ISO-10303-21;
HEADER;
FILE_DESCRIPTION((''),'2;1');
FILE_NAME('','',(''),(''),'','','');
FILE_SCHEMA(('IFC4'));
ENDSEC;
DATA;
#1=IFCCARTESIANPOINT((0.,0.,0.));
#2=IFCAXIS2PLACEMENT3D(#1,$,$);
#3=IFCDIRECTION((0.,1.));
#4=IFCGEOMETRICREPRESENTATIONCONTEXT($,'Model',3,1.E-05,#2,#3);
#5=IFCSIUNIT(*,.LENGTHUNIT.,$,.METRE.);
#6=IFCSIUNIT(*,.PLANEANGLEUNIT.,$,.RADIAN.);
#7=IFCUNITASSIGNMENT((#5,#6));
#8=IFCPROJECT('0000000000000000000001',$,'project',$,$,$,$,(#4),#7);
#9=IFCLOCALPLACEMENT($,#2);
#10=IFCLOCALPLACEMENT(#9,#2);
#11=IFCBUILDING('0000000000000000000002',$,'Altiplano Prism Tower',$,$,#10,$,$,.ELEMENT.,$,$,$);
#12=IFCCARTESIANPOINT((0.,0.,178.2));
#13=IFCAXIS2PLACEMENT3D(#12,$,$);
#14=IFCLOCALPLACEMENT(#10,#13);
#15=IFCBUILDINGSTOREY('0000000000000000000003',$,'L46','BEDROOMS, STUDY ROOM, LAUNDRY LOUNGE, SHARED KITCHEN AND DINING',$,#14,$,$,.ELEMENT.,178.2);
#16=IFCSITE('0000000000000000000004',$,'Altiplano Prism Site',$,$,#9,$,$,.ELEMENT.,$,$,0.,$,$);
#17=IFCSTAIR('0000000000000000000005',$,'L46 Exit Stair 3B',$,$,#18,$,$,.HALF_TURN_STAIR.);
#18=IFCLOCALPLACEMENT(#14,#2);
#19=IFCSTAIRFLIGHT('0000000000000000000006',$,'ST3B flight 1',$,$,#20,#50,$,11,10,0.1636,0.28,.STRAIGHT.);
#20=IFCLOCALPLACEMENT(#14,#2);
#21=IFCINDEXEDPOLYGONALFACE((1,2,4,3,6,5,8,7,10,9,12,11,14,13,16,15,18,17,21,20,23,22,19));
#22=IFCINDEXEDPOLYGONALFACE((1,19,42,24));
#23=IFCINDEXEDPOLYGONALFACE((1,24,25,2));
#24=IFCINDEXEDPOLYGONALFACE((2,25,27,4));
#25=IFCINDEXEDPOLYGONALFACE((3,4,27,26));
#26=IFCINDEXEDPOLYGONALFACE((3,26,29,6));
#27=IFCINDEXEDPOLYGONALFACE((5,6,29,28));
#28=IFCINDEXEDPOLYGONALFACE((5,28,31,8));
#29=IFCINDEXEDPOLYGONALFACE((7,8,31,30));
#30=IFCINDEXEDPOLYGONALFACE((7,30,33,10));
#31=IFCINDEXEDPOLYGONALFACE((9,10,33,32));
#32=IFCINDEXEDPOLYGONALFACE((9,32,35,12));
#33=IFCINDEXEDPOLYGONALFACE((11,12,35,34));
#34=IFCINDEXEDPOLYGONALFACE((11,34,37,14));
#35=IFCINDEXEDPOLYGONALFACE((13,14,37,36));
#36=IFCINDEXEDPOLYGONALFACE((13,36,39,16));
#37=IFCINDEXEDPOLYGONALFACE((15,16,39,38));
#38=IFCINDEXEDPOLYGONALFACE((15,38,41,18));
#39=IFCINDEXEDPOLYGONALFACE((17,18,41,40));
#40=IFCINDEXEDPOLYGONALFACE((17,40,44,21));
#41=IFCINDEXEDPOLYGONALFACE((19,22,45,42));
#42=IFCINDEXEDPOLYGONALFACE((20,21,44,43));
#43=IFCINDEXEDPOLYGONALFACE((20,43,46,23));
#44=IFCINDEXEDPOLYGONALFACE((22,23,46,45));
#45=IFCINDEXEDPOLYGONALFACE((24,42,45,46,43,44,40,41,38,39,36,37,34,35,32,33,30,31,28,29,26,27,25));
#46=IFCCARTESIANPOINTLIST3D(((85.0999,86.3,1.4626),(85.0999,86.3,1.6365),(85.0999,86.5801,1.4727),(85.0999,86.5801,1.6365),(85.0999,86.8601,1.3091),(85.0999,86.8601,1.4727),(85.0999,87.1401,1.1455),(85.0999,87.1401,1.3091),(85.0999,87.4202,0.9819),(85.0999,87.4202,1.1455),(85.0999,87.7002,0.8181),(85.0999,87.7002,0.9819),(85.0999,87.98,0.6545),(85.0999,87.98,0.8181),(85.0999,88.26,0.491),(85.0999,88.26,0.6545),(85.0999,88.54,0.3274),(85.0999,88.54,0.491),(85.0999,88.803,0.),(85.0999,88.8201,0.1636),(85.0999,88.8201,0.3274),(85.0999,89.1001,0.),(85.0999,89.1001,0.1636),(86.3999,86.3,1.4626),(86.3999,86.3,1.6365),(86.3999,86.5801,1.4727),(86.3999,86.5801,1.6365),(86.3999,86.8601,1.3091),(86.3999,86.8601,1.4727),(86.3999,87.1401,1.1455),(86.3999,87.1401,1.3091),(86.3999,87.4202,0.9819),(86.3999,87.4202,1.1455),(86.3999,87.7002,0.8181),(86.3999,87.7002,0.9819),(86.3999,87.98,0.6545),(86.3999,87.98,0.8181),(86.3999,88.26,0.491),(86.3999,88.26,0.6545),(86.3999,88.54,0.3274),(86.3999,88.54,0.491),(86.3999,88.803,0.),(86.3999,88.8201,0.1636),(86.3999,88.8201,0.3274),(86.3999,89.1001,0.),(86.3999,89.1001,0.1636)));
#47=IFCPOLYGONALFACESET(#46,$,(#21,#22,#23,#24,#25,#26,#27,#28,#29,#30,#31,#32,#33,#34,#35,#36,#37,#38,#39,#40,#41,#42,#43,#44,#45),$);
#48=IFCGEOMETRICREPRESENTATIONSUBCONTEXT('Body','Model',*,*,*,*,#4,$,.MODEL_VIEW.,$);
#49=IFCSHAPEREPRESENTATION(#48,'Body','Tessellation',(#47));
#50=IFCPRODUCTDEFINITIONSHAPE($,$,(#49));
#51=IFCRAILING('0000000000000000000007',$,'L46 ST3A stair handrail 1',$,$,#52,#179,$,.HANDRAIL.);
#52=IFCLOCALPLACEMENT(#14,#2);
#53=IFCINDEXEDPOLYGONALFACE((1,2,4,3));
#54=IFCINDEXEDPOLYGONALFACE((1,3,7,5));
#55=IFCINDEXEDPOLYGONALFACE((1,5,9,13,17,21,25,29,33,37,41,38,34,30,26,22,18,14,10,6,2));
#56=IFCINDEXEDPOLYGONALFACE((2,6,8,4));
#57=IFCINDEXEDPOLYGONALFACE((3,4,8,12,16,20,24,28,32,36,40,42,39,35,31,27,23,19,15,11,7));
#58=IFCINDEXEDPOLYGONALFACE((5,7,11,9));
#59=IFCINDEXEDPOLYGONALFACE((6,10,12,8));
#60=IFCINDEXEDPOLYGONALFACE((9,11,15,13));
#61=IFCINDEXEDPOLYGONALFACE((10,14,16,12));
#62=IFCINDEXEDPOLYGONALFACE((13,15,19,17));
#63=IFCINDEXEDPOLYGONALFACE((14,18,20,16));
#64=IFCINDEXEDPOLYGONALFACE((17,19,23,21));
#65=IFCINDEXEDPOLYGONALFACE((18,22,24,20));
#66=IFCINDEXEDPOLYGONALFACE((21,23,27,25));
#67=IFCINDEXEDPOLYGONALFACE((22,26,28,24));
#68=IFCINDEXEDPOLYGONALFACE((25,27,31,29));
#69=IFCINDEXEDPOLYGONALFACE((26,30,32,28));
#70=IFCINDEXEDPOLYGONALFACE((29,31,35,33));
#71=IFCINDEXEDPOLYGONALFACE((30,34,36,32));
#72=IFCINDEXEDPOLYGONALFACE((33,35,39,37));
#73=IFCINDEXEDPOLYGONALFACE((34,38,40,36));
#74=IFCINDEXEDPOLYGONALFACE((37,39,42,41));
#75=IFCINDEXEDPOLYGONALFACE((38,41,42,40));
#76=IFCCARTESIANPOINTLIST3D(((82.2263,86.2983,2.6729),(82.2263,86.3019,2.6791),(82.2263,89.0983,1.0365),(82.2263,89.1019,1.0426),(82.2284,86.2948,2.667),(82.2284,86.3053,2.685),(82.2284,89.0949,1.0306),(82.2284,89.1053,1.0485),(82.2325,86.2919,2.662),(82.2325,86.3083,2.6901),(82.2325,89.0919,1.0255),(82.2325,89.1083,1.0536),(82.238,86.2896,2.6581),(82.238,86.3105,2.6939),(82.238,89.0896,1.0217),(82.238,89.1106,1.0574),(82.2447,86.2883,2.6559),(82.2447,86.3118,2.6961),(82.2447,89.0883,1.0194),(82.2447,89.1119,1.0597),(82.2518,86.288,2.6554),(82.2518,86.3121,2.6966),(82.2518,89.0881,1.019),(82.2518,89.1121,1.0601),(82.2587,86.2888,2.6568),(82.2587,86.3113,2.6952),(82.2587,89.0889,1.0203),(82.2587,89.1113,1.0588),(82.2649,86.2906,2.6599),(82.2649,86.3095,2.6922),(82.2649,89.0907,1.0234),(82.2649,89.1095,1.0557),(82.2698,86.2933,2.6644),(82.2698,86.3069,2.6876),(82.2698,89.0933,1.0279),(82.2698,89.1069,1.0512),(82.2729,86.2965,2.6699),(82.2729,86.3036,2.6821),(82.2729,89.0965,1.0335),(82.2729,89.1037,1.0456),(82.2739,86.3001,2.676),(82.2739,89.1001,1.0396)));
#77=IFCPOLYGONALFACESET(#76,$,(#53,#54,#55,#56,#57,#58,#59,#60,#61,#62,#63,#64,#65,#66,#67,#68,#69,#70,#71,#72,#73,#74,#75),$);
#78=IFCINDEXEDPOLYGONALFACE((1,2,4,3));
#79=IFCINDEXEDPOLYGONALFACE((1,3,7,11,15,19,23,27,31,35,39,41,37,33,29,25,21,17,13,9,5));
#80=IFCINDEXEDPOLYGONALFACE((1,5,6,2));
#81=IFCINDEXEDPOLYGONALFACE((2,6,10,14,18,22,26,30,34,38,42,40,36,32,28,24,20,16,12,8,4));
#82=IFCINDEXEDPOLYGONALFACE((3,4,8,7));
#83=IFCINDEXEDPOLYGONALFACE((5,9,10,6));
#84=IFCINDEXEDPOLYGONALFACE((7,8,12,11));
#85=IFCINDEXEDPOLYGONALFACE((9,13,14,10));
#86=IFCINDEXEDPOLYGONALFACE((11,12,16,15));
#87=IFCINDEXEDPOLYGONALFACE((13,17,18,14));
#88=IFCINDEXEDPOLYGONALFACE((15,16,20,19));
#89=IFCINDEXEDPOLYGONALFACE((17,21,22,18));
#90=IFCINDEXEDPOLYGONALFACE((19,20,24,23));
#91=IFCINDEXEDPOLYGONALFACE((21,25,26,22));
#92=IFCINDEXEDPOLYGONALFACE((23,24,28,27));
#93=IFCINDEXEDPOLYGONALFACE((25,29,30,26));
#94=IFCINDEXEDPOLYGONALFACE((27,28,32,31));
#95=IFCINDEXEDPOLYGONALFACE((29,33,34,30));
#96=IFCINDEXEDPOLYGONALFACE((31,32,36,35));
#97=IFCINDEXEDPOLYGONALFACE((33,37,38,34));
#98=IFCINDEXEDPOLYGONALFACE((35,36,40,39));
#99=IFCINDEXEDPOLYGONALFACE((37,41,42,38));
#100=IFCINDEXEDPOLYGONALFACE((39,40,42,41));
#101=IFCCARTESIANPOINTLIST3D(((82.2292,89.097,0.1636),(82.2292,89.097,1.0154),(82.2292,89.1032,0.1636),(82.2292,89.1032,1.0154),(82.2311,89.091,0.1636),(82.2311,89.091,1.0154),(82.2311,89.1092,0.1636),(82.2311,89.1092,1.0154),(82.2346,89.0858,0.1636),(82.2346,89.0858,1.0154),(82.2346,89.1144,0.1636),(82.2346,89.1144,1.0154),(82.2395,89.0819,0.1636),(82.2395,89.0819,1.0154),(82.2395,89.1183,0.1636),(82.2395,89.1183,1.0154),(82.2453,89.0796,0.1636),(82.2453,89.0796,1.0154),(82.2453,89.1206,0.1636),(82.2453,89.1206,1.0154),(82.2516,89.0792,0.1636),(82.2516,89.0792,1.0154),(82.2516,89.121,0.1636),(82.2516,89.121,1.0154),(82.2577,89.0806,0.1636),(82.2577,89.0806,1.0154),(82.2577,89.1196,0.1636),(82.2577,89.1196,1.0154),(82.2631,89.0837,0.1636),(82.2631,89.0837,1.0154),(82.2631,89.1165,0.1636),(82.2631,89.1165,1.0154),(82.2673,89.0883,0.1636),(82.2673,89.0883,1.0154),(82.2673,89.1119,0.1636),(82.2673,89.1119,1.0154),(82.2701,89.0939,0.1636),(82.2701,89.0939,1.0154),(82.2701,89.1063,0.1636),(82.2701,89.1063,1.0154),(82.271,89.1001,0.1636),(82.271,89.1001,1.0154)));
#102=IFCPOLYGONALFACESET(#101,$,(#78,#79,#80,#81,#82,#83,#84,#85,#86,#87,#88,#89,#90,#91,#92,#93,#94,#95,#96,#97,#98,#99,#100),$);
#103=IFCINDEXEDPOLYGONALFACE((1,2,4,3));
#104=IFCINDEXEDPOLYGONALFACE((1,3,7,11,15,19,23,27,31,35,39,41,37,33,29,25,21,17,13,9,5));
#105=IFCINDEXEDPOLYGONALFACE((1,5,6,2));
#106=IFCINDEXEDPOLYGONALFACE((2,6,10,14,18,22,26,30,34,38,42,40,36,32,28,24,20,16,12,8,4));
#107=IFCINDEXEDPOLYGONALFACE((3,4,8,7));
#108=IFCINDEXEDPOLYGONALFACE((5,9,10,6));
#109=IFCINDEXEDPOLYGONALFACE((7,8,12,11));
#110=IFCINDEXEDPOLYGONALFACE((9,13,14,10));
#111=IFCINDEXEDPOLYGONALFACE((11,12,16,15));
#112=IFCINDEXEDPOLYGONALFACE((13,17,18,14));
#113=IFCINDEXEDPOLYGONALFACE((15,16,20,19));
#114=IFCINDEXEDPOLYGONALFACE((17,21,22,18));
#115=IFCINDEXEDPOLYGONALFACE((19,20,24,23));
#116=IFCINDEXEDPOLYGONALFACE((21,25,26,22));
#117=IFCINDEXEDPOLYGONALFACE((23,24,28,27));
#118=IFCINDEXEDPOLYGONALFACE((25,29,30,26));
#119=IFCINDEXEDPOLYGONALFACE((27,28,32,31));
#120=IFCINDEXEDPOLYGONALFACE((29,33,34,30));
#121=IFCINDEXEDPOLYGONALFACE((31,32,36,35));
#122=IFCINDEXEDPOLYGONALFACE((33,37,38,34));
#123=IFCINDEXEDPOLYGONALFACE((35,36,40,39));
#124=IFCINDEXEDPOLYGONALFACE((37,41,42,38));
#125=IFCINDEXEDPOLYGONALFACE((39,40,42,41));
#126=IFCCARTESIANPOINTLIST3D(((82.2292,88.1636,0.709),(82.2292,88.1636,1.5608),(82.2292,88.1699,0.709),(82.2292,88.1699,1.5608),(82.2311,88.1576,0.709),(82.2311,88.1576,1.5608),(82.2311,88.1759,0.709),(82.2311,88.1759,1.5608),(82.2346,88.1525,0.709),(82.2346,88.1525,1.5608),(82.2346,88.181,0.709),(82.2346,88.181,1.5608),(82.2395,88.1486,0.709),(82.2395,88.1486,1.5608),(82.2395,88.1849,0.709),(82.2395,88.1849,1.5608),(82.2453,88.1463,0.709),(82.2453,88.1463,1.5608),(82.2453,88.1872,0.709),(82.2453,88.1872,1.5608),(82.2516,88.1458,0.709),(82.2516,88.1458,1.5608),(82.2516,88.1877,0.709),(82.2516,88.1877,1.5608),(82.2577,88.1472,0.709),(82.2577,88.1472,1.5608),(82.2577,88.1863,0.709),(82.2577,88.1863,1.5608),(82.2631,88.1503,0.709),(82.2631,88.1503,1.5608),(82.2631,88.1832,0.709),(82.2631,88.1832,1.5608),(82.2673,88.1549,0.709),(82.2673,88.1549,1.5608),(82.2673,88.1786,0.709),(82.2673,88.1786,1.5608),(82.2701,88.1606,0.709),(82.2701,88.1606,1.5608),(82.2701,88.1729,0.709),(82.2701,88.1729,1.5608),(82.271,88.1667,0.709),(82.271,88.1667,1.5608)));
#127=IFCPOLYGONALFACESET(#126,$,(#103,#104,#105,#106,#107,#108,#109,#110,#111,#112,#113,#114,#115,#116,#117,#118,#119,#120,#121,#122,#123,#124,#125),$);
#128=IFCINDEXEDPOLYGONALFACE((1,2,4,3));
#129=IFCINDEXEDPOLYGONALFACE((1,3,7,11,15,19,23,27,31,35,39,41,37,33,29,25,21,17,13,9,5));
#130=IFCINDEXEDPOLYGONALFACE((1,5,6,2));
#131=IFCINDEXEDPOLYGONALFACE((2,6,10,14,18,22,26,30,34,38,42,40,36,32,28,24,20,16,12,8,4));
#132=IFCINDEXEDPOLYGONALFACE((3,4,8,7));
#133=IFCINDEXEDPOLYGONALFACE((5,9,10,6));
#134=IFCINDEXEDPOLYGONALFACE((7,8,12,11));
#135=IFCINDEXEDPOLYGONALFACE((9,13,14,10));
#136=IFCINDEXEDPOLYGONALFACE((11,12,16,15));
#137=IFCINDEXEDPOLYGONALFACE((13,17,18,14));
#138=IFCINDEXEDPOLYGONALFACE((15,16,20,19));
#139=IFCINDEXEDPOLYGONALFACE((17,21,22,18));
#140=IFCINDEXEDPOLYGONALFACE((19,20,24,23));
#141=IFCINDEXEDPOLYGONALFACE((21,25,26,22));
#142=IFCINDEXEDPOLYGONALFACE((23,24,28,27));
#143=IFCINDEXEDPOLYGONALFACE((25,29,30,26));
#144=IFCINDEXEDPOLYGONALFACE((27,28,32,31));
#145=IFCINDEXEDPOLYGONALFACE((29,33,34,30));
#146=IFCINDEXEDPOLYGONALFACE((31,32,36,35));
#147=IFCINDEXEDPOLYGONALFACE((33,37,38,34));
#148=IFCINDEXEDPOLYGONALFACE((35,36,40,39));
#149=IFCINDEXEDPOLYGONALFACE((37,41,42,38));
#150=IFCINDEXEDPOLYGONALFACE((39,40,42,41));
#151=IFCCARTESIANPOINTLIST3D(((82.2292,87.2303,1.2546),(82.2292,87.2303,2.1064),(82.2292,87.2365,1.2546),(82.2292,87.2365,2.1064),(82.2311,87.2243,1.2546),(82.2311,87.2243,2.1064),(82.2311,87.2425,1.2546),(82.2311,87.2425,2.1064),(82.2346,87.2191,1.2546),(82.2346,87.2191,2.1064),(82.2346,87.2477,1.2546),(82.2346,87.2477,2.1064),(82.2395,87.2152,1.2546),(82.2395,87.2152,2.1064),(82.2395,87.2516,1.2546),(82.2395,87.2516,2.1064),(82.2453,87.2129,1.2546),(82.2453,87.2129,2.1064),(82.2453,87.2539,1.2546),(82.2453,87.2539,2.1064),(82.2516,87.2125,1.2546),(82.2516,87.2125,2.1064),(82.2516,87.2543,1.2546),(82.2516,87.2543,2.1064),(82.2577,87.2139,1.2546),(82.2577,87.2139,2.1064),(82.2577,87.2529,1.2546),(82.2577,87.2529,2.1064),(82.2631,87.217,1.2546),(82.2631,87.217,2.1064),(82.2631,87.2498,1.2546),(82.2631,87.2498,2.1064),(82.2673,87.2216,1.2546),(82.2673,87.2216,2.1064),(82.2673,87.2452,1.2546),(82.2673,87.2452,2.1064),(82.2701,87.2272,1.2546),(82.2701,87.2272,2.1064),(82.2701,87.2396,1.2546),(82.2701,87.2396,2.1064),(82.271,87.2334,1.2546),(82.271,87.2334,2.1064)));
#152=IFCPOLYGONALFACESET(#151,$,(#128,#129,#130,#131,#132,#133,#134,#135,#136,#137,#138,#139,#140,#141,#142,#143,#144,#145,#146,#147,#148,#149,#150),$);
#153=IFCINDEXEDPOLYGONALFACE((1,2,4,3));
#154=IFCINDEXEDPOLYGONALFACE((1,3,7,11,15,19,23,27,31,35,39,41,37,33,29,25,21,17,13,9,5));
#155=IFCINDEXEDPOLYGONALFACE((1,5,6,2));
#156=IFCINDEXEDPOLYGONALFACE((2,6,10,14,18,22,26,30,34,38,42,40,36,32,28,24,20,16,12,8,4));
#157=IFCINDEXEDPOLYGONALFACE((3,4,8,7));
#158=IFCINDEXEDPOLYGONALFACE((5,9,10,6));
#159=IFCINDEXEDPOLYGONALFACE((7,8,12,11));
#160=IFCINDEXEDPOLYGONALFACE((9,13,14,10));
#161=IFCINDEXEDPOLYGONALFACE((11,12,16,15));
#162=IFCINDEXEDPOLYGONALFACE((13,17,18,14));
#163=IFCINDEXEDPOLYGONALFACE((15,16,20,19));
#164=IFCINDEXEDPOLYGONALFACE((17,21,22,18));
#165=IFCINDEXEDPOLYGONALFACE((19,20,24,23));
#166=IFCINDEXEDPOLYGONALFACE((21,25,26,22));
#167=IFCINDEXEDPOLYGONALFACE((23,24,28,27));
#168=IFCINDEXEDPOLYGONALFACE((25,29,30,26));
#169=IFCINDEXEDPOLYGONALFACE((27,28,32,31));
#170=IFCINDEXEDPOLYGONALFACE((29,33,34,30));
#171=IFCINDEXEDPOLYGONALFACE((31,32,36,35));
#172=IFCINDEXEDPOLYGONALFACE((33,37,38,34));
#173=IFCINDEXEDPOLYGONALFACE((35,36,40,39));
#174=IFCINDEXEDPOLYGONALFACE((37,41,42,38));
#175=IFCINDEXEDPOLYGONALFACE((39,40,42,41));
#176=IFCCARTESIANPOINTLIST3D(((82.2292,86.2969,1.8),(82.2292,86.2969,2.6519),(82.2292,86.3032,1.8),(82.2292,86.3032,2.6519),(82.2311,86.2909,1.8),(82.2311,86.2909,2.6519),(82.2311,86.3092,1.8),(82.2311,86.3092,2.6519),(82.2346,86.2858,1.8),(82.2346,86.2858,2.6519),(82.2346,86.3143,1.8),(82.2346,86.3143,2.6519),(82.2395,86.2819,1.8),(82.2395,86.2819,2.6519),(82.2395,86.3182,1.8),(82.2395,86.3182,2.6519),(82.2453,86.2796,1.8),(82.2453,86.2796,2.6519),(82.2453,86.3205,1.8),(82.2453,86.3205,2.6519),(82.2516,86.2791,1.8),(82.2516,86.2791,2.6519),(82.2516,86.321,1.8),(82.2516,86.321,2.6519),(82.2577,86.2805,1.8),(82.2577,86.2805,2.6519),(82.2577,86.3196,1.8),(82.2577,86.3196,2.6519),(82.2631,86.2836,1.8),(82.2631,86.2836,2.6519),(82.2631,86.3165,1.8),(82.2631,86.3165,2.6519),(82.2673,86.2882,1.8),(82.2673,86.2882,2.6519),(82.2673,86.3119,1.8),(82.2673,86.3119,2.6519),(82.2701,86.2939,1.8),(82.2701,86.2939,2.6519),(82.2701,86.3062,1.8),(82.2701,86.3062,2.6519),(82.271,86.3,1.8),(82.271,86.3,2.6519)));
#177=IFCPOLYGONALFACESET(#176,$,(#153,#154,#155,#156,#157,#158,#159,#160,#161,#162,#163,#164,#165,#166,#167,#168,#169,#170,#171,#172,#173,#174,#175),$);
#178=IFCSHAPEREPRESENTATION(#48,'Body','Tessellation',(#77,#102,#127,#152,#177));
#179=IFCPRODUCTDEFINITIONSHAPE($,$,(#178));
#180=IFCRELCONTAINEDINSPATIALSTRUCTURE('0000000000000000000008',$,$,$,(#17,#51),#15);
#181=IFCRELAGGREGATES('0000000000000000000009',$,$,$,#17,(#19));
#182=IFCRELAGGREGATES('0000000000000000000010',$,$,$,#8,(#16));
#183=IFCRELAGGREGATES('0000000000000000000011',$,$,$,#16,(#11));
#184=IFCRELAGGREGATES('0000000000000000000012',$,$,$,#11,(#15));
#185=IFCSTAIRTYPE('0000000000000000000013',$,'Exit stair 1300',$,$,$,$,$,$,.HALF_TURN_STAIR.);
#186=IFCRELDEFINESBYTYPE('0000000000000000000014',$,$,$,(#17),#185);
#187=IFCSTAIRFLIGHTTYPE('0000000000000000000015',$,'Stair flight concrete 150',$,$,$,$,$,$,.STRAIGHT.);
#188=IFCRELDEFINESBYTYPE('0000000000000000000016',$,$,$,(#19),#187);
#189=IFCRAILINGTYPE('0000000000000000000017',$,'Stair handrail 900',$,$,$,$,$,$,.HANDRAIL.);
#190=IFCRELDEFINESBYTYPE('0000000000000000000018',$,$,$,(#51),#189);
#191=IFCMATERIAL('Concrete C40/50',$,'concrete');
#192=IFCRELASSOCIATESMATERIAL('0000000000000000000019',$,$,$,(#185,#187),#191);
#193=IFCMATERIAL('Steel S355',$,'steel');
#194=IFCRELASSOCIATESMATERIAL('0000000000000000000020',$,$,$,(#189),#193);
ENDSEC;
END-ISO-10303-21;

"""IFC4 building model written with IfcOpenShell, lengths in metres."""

from ifc_helpers import new_model, si_unit, direction, frame, origin, origin_2d, place, context, subcontext, project, spatial, polyline, circle, outline, extrude, material, type_object, element, aggregate, save


model = new_model("IFC4")

# Units and contexts
model_context = context("Model", 3, precision=1e-05, world=origin(), true_north=direction((0.0, 1.0)))
body_context = subcontext(model_context, "Body", "Model", "MODEL_VIEW")
ifc_project = project(units=[si_unit("LENGTHUNIT", "METRE"), si_unit("PLANEANGLEUNIT", "RADIAN")], contexts=[model_context])

# Site, building, storey
site_placement = place(None, origin())
site = spatial("IfcSite", under=ifc_project, at=site_placement, Name="Altiplano Prism Site", CompositionType="ELEMENT", RefElevation=0.0)
building_placement = place(site_placement, origin())
building = spatial("IfcBuilding", under=site, at=building_placement, Name="Altiplano Prism Tower", CompositionType="ELEMENT")
storey_placement = place(building_placement, frame((0.0, 0.0, 178.2)))
storey = spatial("IfcBuildingStorey", under=building, at=storey_placement, Name="L46", Description="BEDROOMS, STUDY ROOM, LAUNDRY LOUNGE, SHARED KITCHEN AND DINING", CompositionType="ELEMENT", Elevation=178.2)

# Stair, stair flight
ifc_material_1 = material(Name="Concrete C40/50", Category="concrete")
stair_type = type_object("IfcStairType", Name="Exit stair 1300", PredefinedType="HALF_TURN_STAIR", material=ifc_material_1)
stair_flight_type = type_object("IfcStairFlightType", Name="Stair flight concrete 150", PredefinedType="STRAIGHT", material=ifc_material_1)
stair_1_placement = place(storey_placement, origin())
stair_1 = element("IfcStair", 1, at=stair_1_placement, inside=storey, type_object=stair_type, Name="L46 Exit Stair 3B", PredefinedType="HALF_TURN_STAIR")
stair_flight_1_placement = place(storey_placement, frame((85.75, 89.1001, 0.0), z_axis=(0.0, 0.0, 1.0), x_axis=(0.0, -1.0, 0.0)))
stair_flight_1 = element("IfcStairFlight", 2, at=stair_flight_1_placement, type_object=stair_flight_type, Name="ST3B flight 1", NumberOfRisers=11, NumberOfTreads=10, PredefinedType="STRAIGHT", RiserHeight=0.1636, TreadLength=0.28, context=body_context, shape_type="SweptSolid", body=[
    extrude(outline(polyline([(0.0, 0.0), (0.0, 0.1636), (0.28, 0.1636), (0.28, 0.3274), (0.5601, 0.3274), (0.5601, 0.491), (0.8401, 0.491), (0.8401, 0.6545), (1.1201, 0.6545), (1.1201, 0.8181), (1.3999, 0.8181), (1.3999, 0.9819), (1.6799, 0.9819), (1.6799, 1.1455), (1.96, 1.1455), (1.96, 1.3091), (2.24, 1.3091), (2.24, 1.4727), (2.52, 1.4727), (2.52, 1.6365), (2.8, 1.6365), (2.8, 1.8), (2.8, 1.4626), (0.2971, 0.0), (0.0, 0.0)])), frame((0.0, 0.6499, 0.0), z_axis=(0.0, -1.0, 0.0), x_axis=(1.0, 0.0, 0.0)), (0.0, 0.0, 1.0), 1.3),
])
aggregate(stair_1, [stair_flight_1])

# Railing
ifc_material_2 = material(Name="Steel S355", Category="steel")
railing_type_1 = type_object("IfcRailingType", Name="Stair handrail 900", PredefinedType="HANDRAIL", material=ifc_material_2)
for number, where, name in (
    (3, (82.25, 89.1001, 0.1636), "L46 ST3A stair handrail 1"),
):
    element("IfcRailing", number, at=place(storey_placement, frame(where)), inside=storey, type_object=railing_type_1, Name=name, PredefinedType="HANDRAIL", context=body_context, shape_type="SweptSolid", body=[
        extrude(circle(Radius=0.0239, at=origin_2d()), frame((0.0, 0.0, 0.876), z_axis=(0.0, -0.863361, 0.504587), x_axis=(1.0, 0.0, 0.0)), (0.0, 0.0, 1.0), 3.2432),
        extrude(circle(Radius=0.021, at=origin_2d()), origin(), (0.0, 0.0, 1.0), 0.8518),
        extrude(circle(Radius=0.021, at=origin_2d()), frame((0.0, -0.9333, 0.5454)), (0.0, 0.0, 1.0), 0.8518),
        extrude(circle(Radius=0.021, at=origin_2d()), frame((0.0, -1.8667, 1.0911)), (0.0, 0.0, 1.0), 0.8518),
        extrude(circle(Radius=0.021, at=origin_2d()), frame((0.0, -2.8, 1.6365)), (0.0, 0.0, 1.0), 0.8518),
    ])

save(model, "model.ifc")
